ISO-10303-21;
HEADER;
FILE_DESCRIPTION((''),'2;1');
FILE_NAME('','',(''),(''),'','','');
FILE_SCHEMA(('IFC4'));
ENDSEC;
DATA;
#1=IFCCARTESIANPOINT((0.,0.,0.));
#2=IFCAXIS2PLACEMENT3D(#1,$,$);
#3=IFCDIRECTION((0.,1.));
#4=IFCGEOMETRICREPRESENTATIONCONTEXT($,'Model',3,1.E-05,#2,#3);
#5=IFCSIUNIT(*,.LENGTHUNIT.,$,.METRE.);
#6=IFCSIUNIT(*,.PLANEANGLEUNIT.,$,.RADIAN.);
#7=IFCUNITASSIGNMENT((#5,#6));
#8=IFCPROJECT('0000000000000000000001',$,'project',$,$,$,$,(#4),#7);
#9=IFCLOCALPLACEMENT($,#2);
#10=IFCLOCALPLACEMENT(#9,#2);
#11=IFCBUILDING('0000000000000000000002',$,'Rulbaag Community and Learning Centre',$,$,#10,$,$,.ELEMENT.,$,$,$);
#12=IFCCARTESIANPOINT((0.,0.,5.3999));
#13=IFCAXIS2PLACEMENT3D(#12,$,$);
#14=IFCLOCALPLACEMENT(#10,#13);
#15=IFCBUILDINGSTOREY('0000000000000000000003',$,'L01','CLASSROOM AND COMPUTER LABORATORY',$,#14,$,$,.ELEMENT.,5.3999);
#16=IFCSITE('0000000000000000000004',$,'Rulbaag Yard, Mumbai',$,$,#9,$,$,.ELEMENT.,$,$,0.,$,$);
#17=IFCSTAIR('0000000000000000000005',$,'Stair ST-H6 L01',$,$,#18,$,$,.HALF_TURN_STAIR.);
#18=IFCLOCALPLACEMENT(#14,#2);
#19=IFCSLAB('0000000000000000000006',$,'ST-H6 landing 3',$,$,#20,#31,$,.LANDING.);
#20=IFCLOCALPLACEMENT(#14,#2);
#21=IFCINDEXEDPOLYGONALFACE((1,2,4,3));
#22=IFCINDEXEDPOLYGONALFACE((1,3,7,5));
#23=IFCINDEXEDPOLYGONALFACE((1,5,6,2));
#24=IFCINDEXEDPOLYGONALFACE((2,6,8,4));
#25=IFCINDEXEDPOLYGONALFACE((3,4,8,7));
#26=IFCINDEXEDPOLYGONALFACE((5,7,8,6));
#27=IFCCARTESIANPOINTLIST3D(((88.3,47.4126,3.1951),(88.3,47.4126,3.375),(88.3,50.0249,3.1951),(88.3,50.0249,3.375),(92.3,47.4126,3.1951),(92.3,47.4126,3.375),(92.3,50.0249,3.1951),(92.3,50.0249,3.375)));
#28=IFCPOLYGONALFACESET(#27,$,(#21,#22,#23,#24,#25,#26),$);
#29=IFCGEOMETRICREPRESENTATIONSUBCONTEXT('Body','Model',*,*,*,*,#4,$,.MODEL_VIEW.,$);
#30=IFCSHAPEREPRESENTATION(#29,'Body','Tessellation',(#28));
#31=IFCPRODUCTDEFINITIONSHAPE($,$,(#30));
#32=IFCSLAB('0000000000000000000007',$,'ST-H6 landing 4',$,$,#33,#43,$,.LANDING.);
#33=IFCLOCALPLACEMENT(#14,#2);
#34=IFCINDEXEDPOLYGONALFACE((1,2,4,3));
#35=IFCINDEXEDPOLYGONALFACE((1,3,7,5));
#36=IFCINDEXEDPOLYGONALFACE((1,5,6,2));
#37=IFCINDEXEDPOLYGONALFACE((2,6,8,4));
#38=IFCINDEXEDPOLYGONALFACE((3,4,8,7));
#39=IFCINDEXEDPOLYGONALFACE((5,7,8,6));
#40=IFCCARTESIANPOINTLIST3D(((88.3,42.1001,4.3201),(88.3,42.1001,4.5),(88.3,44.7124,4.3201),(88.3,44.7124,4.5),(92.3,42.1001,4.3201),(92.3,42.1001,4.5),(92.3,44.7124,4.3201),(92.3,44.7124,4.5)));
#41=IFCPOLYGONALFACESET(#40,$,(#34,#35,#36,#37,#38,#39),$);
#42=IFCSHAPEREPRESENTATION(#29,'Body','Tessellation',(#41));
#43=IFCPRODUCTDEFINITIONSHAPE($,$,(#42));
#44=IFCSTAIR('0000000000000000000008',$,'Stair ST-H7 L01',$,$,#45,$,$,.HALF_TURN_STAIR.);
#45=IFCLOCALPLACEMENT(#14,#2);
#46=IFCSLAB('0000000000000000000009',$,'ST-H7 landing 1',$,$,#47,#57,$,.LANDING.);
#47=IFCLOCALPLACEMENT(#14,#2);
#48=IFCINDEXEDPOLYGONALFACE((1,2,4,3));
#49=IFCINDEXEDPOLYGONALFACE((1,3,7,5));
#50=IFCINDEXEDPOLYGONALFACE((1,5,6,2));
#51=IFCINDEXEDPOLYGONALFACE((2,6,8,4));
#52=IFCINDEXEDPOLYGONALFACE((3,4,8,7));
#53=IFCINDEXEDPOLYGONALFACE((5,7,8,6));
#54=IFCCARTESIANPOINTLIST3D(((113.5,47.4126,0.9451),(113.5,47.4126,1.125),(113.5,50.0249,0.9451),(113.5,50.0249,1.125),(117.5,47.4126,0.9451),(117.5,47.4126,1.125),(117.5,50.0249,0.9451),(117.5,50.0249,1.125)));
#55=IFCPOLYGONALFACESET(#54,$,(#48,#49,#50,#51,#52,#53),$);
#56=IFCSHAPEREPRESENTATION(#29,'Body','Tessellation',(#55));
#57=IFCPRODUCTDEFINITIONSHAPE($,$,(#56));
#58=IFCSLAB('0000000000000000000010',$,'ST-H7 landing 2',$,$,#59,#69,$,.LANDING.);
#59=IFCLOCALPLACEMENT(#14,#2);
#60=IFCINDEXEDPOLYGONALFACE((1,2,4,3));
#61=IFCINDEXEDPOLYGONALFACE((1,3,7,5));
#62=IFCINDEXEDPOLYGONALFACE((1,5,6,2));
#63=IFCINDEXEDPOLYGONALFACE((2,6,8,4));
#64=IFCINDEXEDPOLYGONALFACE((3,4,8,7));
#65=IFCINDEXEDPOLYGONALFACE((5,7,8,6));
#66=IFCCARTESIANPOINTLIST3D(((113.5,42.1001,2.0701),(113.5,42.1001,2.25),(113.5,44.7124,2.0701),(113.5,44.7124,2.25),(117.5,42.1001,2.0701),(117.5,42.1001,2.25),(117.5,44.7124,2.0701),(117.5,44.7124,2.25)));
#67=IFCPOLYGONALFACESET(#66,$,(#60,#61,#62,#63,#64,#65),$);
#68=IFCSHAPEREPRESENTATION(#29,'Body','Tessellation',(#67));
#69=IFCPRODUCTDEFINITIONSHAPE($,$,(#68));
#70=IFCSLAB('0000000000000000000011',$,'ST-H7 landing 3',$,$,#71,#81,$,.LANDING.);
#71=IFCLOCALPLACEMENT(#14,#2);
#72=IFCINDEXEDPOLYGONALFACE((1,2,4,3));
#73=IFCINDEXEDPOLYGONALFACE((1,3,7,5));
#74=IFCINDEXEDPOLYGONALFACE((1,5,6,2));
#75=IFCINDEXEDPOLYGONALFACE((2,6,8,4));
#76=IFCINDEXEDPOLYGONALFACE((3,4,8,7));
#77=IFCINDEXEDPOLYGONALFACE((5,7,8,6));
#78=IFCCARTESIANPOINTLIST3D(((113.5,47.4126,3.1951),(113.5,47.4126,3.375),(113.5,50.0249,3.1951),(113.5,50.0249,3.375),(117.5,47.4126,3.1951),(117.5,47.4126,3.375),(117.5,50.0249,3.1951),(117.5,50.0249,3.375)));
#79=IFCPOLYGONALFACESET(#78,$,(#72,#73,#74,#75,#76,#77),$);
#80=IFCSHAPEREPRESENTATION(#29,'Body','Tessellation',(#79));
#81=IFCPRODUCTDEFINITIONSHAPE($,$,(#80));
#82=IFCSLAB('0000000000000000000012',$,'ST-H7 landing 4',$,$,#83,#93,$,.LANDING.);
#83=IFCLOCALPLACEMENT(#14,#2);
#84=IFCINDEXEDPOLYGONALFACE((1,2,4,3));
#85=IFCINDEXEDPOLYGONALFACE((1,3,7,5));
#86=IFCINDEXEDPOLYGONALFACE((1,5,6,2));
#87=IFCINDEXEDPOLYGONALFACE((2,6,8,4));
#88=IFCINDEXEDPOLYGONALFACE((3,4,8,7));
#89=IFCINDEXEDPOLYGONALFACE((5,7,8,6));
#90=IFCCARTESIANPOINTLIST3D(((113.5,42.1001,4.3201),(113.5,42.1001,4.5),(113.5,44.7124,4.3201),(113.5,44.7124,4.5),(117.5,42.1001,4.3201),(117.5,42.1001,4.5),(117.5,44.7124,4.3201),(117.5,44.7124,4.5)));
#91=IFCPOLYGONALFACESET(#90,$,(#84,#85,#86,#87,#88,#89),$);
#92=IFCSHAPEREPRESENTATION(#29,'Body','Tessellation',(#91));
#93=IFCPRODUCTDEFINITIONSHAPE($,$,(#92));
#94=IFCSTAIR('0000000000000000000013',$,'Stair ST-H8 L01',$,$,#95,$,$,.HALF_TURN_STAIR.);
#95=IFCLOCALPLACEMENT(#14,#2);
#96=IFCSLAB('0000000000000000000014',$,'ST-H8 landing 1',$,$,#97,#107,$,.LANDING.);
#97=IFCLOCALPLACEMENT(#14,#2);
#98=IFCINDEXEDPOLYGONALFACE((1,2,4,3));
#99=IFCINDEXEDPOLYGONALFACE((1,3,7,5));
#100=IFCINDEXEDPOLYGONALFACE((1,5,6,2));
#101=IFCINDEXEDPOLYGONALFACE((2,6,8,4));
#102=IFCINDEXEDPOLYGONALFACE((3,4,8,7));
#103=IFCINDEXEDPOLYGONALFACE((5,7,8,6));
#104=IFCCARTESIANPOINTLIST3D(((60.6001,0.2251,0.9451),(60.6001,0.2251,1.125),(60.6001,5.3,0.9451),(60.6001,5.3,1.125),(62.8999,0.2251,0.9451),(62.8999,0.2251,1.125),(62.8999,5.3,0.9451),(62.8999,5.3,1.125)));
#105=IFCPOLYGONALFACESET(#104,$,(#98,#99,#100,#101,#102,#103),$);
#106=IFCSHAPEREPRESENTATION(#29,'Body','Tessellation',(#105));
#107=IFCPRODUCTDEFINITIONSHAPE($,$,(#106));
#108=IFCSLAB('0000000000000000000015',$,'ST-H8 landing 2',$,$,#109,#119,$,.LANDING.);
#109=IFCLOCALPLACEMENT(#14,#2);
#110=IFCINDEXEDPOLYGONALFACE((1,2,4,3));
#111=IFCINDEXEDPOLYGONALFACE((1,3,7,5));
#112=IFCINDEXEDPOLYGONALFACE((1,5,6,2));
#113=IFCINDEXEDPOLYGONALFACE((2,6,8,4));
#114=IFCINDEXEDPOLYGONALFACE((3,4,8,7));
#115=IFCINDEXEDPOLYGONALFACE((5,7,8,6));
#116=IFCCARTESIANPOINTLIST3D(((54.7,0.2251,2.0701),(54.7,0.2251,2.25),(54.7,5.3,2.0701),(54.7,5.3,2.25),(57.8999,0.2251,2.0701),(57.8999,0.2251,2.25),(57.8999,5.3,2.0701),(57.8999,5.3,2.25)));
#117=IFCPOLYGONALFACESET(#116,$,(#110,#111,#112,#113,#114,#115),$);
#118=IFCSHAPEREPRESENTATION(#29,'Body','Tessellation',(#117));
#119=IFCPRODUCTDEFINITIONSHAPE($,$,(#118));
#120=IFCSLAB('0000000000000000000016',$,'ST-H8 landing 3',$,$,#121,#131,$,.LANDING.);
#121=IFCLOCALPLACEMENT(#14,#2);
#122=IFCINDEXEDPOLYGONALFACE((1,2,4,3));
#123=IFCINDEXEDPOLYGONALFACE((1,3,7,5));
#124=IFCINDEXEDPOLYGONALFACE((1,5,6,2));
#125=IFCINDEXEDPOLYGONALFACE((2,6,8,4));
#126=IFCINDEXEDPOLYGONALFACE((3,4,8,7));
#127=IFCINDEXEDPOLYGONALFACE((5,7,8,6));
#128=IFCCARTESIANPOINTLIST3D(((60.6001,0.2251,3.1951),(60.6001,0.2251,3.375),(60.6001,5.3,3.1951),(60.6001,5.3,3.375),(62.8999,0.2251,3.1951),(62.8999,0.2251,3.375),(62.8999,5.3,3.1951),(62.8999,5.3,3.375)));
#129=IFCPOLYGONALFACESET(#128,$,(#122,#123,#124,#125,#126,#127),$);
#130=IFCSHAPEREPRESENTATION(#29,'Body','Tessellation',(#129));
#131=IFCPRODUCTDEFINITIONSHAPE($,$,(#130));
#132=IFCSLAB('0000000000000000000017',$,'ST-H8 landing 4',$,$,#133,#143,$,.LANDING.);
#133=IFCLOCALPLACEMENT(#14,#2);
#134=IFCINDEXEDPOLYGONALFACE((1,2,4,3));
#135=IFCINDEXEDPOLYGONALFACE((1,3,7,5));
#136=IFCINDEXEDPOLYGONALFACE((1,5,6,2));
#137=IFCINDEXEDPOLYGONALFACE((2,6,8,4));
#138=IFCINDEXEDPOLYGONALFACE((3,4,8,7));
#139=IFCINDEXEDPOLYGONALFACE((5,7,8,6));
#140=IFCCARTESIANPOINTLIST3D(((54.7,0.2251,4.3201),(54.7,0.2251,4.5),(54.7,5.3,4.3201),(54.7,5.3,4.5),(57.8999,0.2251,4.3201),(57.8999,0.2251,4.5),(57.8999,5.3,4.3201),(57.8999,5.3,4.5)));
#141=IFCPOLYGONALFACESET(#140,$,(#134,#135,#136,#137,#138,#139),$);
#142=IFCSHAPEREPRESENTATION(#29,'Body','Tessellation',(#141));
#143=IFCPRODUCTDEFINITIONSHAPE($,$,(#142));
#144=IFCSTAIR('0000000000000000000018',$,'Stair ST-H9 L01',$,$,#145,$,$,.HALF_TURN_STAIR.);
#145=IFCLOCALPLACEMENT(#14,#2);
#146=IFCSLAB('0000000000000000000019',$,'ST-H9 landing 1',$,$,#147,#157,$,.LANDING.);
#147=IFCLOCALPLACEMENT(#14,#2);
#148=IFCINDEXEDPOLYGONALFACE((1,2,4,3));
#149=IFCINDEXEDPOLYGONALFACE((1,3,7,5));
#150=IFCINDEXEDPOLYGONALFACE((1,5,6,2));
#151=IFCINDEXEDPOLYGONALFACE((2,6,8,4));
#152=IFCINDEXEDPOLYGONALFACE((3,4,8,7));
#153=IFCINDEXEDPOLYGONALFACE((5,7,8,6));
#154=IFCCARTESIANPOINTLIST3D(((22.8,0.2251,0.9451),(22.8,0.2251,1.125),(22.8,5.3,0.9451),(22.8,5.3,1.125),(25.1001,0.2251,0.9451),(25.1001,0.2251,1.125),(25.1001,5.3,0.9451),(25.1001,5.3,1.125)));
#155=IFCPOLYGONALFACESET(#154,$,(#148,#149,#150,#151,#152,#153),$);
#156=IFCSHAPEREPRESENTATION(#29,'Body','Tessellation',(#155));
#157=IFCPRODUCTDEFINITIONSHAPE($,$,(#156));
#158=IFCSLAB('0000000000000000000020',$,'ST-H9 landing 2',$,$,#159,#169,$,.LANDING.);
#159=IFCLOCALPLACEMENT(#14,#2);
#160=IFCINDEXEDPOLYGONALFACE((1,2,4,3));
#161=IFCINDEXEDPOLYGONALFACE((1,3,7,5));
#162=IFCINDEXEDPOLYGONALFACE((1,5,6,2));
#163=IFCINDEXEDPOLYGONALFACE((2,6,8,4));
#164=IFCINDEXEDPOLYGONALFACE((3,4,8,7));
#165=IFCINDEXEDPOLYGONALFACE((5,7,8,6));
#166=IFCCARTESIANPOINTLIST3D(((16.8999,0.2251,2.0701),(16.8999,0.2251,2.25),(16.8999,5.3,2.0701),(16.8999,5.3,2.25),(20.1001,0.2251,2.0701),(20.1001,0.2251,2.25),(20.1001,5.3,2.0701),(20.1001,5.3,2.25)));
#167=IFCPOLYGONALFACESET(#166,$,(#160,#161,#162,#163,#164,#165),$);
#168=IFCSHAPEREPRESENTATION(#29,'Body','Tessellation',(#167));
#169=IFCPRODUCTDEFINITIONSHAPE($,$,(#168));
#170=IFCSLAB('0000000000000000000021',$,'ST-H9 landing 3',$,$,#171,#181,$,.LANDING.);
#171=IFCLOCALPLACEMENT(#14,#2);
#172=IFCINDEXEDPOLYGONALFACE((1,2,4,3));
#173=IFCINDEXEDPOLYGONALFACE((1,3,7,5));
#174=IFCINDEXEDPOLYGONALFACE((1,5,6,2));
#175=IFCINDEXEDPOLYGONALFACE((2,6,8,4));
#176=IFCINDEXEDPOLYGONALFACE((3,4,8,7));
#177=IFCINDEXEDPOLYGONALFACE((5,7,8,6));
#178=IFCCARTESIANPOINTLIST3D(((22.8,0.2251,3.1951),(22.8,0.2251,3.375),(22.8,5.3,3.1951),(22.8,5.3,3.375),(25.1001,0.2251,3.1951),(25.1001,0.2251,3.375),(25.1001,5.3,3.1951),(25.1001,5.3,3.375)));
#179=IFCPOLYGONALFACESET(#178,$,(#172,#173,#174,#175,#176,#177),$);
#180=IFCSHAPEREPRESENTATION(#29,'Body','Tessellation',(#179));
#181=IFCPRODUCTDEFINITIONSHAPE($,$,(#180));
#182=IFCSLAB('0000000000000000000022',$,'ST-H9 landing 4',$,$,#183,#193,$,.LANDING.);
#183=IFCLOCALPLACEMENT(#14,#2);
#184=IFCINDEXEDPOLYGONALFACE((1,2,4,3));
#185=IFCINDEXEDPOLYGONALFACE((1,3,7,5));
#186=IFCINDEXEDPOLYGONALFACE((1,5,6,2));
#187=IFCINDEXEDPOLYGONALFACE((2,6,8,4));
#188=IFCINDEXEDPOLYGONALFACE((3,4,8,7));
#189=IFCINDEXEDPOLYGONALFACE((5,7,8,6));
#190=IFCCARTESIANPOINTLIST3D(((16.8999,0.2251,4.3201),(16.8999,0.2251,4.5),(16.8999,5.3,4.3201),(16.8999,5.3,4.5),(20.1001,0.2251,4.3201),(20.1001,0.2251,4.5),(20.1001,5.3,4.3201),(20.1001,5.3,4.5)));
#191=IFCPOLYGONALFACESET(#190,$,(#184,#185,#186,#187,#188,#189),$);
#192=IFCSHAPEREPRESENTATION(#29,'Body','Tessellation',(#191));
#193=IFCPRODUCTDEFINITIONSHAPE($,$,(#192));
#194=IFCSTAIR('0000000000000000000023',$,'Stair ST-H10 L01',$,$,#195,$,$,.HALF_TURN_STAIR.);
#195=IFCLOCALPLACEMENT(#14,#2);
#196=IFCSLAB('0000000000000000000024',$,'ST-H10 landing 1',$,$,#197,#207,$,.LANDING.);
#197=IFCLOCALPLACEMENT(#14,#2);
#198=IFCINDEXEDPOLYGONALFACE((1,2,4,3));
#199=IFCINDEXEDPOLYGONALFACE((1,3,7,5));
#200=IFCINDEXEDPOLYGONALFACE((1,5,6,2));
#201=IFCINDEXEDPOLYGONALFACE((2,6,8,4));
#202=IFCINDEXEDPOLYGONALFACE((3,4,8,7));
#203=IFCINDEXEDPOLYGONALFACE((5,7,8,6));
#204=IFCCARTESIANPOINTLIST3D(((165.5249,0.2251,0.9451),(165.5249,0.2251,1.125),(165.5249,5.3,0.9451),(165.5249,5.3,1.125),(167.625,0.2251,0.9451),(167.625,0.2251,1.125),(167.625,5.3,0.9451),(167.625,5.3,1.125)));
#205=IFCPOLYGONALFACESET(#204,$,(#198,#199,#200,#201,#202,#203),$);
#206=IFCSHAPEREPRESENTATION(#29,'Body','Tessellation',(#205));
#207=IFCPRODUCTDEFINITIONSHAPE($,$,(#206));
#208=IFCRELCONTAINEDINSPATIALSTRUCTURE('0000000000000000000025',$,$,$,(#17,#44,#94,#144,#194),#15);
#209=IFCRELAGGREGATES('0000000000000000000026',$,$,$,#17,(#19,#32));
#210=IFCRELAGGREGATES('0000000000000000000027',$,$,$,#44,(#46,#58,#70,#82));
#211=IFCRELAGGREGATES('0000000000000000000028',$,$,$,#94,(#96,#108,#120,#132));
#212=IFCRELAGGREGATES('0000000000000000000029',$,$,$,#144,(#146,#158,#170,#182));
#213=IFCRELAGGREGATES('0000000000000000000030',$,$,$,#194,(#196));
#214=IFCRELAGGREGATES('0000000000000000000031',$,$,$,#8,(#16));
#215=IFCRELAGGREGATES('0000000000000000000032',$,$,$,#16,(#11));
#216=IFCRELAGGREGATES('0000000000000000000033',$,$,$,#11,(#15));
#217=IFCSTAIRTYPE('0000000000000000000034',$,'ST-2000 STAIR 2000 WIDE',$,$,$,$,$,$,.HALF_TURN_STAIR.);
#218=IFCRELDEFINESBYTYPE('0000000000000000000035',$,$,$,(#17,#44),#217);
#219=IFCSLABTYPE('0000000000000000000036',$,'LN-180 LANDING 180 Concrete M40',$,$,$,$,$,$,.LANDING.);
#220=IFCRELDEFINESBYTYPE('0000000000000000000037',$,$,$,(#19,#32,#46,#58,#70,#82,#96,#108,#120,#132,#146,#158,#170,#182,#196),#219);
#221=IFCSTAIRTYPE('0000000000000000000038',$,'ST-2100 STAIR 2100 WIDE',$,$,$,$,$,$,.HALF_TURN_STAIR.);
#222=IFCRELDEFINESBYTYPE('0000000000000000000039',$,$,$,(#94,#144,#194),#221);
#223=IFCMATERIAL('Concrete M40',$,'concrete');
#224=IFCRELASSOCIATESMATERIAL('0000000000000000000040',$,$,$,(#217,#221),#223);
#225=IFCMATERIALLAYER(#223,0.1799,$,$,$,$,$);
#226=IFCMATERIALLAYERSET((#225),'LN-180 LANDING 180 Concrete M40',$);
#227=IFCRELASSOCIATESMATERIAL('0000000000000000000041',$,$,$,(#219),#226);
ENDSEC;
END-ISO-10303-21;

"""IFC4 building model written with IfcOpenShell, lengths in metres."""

from ifc_helpers import new_model, si_unit, direction, frame, origin, place, context, subcontext, project, spatial, polyline, outline, extrude, material, layer, layer_set, type_object, element, aggregate, save


model = new_model("IFC4")

# Units and contexts
model_context = context("Model", 3, precision=1e-05, world=origin(), true_north=direction((0.0, 1.0)))
body_context = subcontext(model_context, "Body", "Model", "MODEL_VIEW")
ifc_project = project(units=[si_unit("LENGTHUNIT", "METRE"), si_unit("PLANEANGLEUNIT", "RADIAN")], contexts=[model_context])

# Site, building, storey
site_placement = place(None, origin())
site = spatial("IfcSite", under=ifc_project, at=site_placement, Name="Rulbaag Yard, Mumbai", CompositionType="ELEMENT", RefElevation=0.0)
building_placement = place(site_placement, origin())
building = spatial("IfcBuilding", under=site, at=building_placement, Name="Rulbaag Community and Learning Centre", CompositionType="ELEMENT")
storey_placement = place(building_placement, frame((0.0, 0.0, 5.3999)))
storey = spatial("IfcBuildingStorey", under=building, at=storey_placement, Name="L01", Description="CLASSROOM AND COMPUTER LABORATORY", CompositionType="ELEMENT", Elevation=5.3999)

# Stairs, slabs
ifc_material = material(Name="Concrete M40", Category="concrete")
stair_type_1 = type_object("IfcStairType", Name="ST-2000 STAIR 2000 WIDE", PredefinedType="HALF_TURN_STAIR", material=ifc_material)
stair_1_placement = place(storey_placement, origin())
stair_1 = element("IfcStair", 1, at=stair_1_placement, inside=storey, type_object=stair_type_1, Name="Stair ST-H6 L01", PredefinedType="HALF_TURN_STAIR")
ifc_layer = layer(ifc_material, 0.1799)
ifc_layer_set = layer_set([ifc_layer], Name="LN-180 LANDING 180 Concrete M40")
slab_type = type_object("IfcSlabType", Name="LN-180 LANDING 180 Concrete M40", PredefinedType="LANDING", material=ifc_layer_set)
slab_1_placement = place(storey_placement, frame((0.0, 0.0, 3.1951)))
slab_1 = element("IfcSlab", 2, at=slab_1_placement, type_object=slab_type, Name="ST-H6 landing 3", PredefinedType="LANDING", context=body_context, shape_type="SweptSolid", body=[
    extrude(outline(polyline([(88.3, 47.4126), (88.3, 50.0249), (92.3, 50.0249), (92.3, 47.4126), (88.3, 47.4126)])), origin(), (0.0, 0.0, 1.0), 0.1799),
])
slab_2_placement = place(storey_placement, frame((0.0, 0.0, 4.3201)))
slab_2 = element("IfcSlab", 3, at=slab_2_placement, type_object=slab_type, Name="ST-H6 landing 4", PredefinedType="LANDING", context=body_context, shape_type="SweptSolid", body=[
    extrude(outline(polyline([(88.3, 42.1001), (88.3, 44.7124), (92.3, 44.7124), (92.3, 42.1001), (88.3, 42.1001)])), origin(), (0.0, 0.0, 1.0), 0.1799),
])
aggregate(stair_1, [slab_1, slab_2])
stair_2_placement = place(storey_placement, origin())
stair_2 = element("IfcStair", 4, at=stair_2_placement, inside=storey, type_object=stair_type_1, Name="Stair ST-H7 L01", PredefinedType="HALF_TURN_STAIR")
slab_3_placement = place(storey_placement, frame((0.0, 0.0, 0.9451)))
slab_3 = element("IfcSlab", 5, at=slab_3_placement, type_object=slab_type, Name="ST-H7 landing 1", PredefinedType="LANDING", context=body_context, shape_type="SweptSolid", body=[
    extrude(outline(polyline([(113.5, 47.4126), (113.5, 50.0249), (117.5, 50.0249), (117.5, 47.4126), (113.5, 47.4126)])), origin(), (0.0, 0.0, 1.0), 0.1799),
])
slab_4_placement = place(storey_placement, frame((0.0, 0.0, 2.0701)))
slab_4 = element("IfcSlab", 6, at=slab_4_placement, type_object=slab_type, Name="ST-H7 landing 2", PredefinedType="LANDING", context=body_context, shape_type="SweptSolid", body=[
    extrude(outline(polyline([(113.5, 42.1001), (113.5, 44.7124), (117.5, 44.7124), (117.5, 42.1001), (113.5, 42.1001)])), origin(), (0.0, 0.0, 1.0), 0.1799),
])
slab_5_placement = place(storey_placement, frame((0.0, 0.0, 3.1951)))
slab_5 = element("IfcSlab", 7, at=slab_5_placement, type_object=slab_type, Name="ST-H7 landing 3", PredefinedType="LANDING", context=body_context, shape_type="SweptSolid", body=[
    extrude(outline(polyline([(113.5, 47.4126), (113.5, 50.0249), (117.5, 50.0249), (117.5, 47.4126), (113.5, 47.4126)])), origin(), (0.0, 0.0, 1.0), 0.1799),
])
slab_6_placement = place(storey_placement, frame((0.0, 0.0, 4.3201)))
slab_6 = element("IfcSlab", 8, at=slab_6_placement, type_object=slab_type, Name="ST-H7 landing 4", PredefinedType="LANDING", context=body_context, shape_type="SweptSolid", body=[
    extrude(outline(polyline([(113.5, 42.1001), (113.5, 44.7124), (117.5, 44.7124), (117.5, 42.1001), (113.5, 42.1001)])), origin(), (0.0, 0.0, 1.0), 0.1799),
])
aggregate(stair_2, [slab_3, slab_4, slab_5, slab_6])
stair_type_2 = type_object("IfcStairType", Name="ST-2100 STAIR 2100 WIDE", PredefinedType="HALF_TURN_STAIR", material=ifc_material)
stair_3_placement = place(storey_placement, origin())
stair_3 = element("IfcStair", 9, at=stair_3_placement, inside=storey, type_object=stair_type_2, Name="Stair ST-H8 L01", PredefinedType="HALF_TURN_STAIR")
slab_7_placement = place(storey_placement, frame((0.0, 0.0, 0.9451)))
slab_7 = element("IfcSlab", 10, at=slab_7_placement, type_object=slab_type, Name="ST-H8 landing 1", PredefinedType="LANDING", context=body_context, shape_type="SweptSolid", body=[
    extrude(outline(polyline([(60.6001, 0.2251), (62.8999, 0.2251), (62.8999, 5.3), (60.6001, 5.3), (60.6001, 0.2251)])), origin(), (0.0, 0.0, 1.0), 0.1799),
])
slab_8_placement = place(storey_placement, frame((0.0, 0.0, 2.0701)))
slab_8 = element("IfcSlab", 11, at=slab_8_placement, type_object=slab_type, Name="ST-H8 landing 2", PredefinedType="LANDING", context=body_context, shape_type="SweptSolid", body=[
    extrude(outline(polyline([(54.7, 0.2251), (57.8999, 0.2251), (57.8999, 5.3), (54.7, 5.3), (54.7, 0.2251)])), origin(), (0.0, 0.0, 1.0), 0.1799),
])
slab_9_placement = place(storey_placement, frame((0.0, 0.0, 3.1951)))
slab_9 = element("IfcSlab", 12, at=slab_9_placement, type_object=slab_type, Name="ST-H8 landing 3", PredefinedType="LANDING", context=body_context, shape_type="SweptSolid", body=[
    extrude(outline(polyline([(60.6001, 0.2251), (62.8999, 0.2251), (62.8999, 5.3), (60.6001, 5.3), (60.6001, 0.2251)])), origin(), (0.0, 0.0, 1.0), 0.1799),
])
slab_10_placement = place(storey_placement, frame((0.0, 0.0, 4.3201)))
slab_10 = element("IfcSlab", 13, at=slab_10_placement, type_object=slab_type, Name="ST-H8 landing 4", PredefinedType="LANDING", context=body_context, shape_type="SweptSolid", body=[
    extrude(outline(polyline([(54.7, 0.2251), (57.8999, 0.2251), (57.8999, 5.3), (54.7, 5.3), (54.7, 0.2251)])), origin(), (0.0, 0.0, 1.0), 0.1799),
])
aggregate(stair_3, [slab_7, slab_8, slab_9, slab_10])
stair_4_placement = place(storey_placement, origin())
stair_4 = element("IfcStair", 14, at=stair_4_placement, inside=storey, type_object=stair_type_2, Name="Stair ST-H9 L01", PredefinedType="HALF_TURN_STAIR")
slab_11_placement = place(storey_placement, frame((0.0, 0.0, 0.9451)))
slab_11 = element("IfcSlab", 15, at=slab_11_placement, type_object=slab_type, Name="ST-H9 landing 1", PredefinedType="LANDING", context=body_context, shape_type="SweptSolid", body=[
    extrude(outline(polyline([(22.8, 0.2251), (25.1001, 0.2251), (25.1001, 5.3), (22.8, 5.3), (22.8, 0.2251)])), origin(), (0.0, 0.0, 1.0), 0.1799),
])
slab_12_placement = place(storey_placement, frame((0.0, 0.0, 2.0701)))
slab_12 = element("IfcSlab", 16, at=slab_12_placement, type_object=slab_type, Name="ST-H9 landing 2", PredefinedType="LANDING", context=body_context, shape_type="SweptSolid", body=[
    extrude(outline(polyline([(16.8999, 0.2251), (20.1001, 0.2251), (20.1001, 5.3), (16.8999, 5.3), (16.8999, 0.2251)])), origin(), (0.0, 0.0, 1.0), 0.1799),
])
slab_13_placement = place(storey_placement, frame((0.0, 0.0, 3.1951)))
slab_13 = element("IfcSlab", 17, at=slab_13_placement, type_object=slab_type, Name="ST-H9 landing 3", PredefinedType="LANDING", context=body_context, shape_type="SweptSolid", body=[
    extrude(outline(polyline([(22.8, 0.2251), (25.1001, 0.2251), (25.1001, 5.3), (22.8, 5.3), (22.8, 0.2251)])), origin(), (0.0, 0.0, 1.0), 0.1799),
])
slab_14_placement = place(storey_placement, frame((0.0, 0.0, 4.3201)))
slab_14 = element("IfcSlab", 18, at=slab_14_placement, type_object=slab_type, Name="ST-H9 landing 4", PredefinedType="LANDING", context=body_context, shape_type="SweptSolid", body=[
    extrude(outline(polyline([(16.8999, 0.2251), (20.1001, 0.2251), (20.1001, 5.3), (16.8999, 5.3), (16.8999, 0.2251)])), origin(), (0.0, 0.0, 1.0), 0.1799),
])
aggregate(stair_4, [slab_11, slab_12, slab_13, slab_14])
stair_5_placement = place(storey_placement, origin())
stair_5 = element("IfcStair", 19, at=stair_5_placement, inside=storey, type_object=stair_type_2, Name="Stair ST-H10 L01", PredefinedType="HALF_TURN_STAIR")
slab_15_placement = place(storey_placement, frame((0.0, 0.0, 0.9451)))
slab_15 = element("IfcSlab", 20, at=slab_15_placement, type_object=slab_type, Name="ST-H10 landing 1", PredefinedType="LANDING", context=body_context, shape_type="SweptSolid", body=[
    extrude(outline(polyline([(165.5249, 0.2251), (167.625, 0.2251), (167.625, 5.3), (165.5249, 5.3), (165.5249, 0.2251)])), origin(), (0.0, 0.0, 1.0), 0.1799),
])
aggregate(stair_5, [slab_15])

save(model, "model.ifc")
